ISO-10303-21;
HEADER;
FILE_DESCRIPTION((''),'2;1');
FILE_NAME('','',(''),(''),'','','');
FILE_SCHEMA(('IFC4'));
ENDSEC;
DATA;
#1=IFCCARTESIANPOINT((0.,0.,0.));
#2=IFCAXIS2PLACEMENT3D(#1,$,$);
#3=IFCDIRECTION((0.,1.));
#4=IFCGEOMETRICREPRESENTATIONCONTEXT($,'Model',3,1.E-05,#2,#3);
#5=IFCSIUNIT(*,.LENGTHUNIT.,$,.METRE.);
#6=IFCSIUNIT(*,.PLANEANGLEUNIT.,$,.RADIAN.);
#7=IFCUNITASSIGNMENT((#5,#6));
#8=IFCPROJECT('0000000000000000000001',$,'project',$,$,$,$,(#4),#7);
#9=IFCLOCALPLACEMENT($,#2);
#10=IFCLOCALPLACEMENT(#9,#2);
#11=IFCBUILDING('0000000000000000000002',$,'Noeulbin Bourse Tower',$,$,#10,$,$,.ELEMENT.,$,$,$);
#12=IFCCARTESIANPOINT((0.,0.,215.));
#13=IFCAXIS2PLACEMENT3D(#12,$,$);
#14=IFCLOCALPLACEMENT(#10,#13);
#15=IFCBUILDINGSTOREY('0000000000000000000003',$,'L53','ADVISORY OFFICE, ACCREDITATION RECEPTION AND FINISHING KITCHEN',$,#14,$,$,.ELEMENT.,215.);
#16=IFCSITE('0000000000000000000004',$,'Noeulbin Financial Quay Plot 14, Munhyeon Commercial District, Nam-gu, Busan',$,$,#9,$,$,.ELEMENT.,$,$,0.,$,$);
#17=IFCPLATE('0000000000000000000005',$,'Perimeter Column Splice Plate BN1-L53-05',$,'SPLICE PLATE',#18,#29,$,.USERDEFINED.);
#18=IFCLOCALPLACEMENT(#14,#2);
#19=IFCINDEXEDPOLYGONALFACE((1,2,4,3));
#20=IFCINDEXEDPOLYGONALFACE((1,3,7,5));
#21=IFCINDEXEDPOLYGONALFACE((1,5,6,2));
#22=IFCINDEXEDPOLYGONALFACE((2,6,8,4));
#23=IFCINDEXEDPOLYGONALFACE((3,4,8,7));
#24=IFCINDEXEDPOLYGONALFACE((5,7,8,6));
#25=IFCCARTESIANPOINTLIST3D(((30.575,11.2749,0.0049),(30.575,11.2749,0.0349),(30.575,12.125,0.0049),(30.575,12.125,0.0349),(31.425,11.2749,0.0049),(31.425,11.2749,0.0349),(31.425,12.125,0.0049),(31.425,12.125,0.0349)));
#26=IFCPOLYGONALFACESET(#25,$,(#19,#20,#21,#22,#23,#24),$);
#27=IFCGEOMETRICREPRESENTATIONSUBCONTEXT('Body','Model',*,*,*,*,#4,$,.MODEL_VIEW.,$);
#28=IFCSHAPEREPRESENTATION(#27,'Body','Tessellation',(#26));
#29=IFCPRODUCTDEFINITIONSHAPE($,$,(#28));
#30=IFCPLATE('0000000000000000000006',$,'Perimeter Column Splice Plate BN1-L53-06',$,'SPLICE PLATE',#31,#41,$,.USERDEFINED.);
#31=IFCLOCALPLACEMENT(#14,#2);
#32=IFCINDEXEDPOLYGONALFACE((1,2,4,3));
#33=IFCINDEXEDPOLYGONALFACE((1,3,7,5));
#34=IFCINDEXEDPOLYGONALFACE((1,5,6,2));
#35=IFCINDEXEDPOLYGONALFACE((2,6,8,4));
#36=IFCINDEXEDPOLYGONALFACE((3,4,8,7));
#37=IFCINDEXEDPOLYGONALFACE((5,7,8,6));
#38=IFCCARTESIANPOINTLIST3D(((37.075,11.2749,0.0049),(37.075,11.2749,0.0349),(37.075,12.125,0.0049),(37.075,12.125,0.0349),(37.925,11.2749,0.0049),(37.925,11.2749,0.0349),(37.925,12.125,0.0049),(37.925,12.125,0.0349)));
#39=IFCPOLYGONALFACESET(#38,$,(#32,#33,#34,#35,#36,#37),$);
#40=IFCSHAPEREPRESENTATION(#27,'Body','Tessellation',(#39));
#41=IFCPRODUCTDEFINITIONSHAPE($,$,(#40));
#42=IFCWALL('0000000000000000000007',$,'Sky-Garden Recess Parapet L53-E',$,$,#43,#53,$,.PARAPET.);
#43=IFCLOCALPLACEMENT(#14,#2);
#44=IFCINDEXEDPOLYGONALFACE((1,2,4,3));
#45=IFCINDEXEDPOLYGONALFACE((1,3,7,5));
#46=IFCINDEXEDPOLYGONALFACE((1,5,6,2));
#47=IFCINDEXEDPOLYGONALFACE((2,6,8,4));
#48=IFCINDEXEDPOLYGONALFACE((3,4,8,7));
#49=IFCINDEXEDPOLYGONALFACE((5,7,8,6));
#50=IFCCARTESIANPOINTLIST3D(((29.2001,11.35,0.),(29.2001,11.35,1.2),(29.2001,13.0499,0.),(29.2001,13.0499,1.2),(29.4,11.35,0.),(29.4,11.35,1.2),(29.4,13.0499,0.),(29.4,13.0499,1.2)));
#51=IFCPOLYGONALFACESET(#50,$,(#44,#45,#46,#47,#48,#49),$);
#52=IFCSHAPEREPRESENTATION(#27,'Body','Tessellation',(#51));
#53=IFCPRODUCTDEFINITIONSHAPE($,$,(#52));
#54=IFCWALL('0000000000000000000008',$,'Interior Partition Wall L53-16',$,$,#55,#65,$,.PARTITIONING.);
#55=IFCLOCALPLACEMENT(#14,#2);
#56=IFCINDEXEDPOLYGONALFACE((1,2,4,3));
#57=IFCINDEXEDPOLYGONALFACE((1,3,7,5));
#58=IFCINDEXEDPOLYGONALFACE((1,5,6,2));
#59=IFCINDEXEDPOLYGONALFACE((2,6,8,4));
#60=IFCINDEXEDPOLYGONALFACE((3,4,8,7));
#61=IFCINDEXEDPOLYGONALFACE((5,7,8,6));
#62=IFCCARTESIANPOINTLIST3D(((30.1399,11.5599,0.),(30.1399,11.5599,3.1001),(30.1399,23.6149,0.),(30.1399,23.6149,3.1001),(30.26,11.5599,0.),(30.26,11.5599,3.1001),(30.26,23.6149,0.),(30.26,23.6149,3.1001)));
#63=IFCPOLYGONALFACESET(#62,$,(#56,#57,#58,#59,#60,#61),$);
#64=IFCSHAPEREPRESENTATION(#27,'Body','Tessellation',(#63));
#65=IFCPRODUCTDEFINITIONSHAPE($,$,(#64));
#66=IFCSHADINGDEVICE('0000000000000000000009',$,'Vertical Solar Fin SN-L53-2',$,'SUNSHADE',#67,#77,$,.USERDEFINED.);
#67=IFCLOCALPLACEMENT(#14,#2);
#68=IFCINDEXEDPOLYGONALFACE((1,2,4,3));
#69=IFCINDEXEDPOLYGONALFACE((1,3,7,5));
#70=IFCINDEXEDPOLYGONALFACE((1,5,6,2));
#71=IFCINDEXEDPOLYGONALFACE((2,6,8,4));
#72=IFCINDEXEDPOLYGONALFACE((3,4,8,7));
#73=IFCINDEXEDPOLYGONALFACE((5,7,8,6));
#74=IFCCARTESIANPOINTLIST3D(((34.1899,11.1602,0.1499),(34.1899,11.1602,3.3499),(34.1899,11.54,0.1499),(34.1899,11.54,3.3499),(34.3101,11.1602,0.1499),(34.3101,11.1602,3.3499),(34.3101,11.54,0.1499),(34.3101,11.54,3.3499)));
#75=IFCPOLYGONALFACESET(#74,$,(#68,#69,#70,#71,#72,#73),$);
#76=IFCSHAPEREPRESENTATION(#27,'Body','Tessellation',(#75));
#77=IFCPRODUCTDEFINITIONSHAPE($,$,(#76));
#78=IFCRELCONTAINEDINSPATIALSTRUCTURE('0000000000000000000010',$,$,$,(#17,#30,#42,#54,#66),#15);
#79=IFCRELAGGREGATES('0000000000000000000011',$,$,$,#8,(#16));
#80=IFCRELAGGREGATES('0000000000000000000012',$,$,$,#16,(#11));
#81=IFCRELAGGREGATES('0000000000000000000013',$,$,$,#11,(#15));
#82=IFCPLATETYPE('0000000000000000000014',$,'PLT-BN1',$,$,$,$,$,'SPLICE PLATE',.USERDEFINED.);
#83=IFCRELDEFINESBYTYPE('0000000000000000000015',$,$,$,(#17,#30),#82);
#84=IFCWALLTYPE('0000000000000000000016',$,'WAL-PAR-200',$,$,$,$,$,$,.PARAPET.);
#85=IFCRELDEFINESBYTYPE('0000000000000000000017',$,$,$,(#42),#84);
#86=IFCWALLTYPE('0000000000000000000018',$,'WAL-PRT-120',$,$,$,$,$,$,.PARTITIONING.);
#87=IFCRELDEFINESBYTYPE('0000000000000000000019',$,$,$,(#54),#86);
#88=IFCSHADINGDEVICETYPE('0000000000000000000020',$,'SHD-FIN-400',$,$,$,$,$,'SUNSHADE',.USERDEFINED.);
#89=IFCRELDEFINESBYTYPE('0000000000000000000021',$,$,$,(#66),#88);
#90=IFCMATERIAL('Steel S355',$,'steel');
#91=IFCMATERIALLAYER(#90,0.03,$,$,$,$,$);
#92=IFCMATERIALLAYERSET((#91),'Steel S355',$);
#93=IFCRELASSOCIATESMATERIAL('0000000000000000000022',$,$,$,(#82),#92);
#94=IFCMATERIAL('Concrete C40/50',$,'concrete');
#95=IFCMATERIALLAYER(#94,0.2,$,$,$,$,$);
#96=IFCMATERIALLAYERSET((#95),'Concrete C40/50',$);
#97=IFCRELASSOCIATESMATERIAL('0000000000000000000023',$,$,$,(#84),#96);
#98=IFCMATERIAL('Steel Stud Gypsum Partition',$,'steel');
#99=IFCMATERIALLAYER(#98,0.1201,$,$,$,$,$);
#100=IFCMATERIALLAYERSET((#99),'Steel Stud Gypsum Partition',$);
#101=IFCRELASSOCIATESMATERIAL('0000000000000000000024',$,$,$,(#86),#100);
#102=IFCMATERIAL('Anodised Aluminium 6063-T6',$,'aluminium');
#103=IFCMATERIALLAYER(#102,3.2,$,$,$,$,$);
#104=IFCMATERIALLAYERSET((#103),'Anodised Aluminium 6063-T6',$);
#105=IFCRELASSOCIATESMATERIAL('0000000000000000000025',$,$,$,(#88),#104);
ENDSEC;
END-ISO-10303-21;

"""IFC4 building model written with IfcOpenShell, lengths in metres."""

from ifc_helpers import new_model, si_unit, direction, frame, frame_2d, origin, origin_2d, place, context, subcontext, project, spatial, rectangle, extrude, material, layer, layer_set, type_object, element, save


model = new_model("IFC4")

# Units and contexts
model_context = context("Model", 3, precision=1e-05, world=origin(), true_north=direction((0.0, 1.0)))
body_context = subcontext(model_context, "Body", "Model", "MODEL_VIEW")
ifc_project = project(units=[si_unit("LENGTHUNIT", "METRE"), si_unit("PLANEANGLEUNIT", "RADIAN")], contexts=[model_context])

# Site, building, storey
site_placement = place(None, origin())
site = spatial("IfcSite", under=ifc_project, at=site_placement, Name="Noeulbin Financial Quay Plot 14, Munhyeon Commercial District, Nam-gu, Busan", CompositionType="ELEMENT", RefElevation=0.0)
building_placement = place(site_placement, origin())
building = spatial("IfcBuilding", under=site, at=building_placement, Name="Noeulbin Bourse Tower", CompositionType="ELEMENT")
storey_placement = place(building_placement, frame((0.0, 0.0, 215.0)))
storey = spatial("IfcBuildingStorey", under=building, at=storey_placement, Name="L53", Description="ADVISORY OFFICE, ACCREDITATION RECEPTION AND FINISHING KITCHEN", CompositionType="ELEMENT", Elevation=215.0)

# Shared definitions
ifc_material_1 = material(Name="Steel S355", Category="steel")

# Shared definitions
ifc_material_2 = material(Name="Anodised Aluminium 6063-T6", Category="aluminium")

# Plates
ifc_layer_1 = layer(ifc_material_1, 0.03)
ifc_layer_set_1 = layer_set([ifc_layer_1], Name="Steel S355")
plate_type_1 = type_object("IfcPlateType", Name="PLT-BN1", ElementType="SPLICE PLATE", PredefinedType="USERDEFINED", material=ifc_layer_set_1)
for number, where, z_axis, x_axis, name in (
    (1, (31.0, 11.7, 0.0049), (0.0, 0.0, 1.0), (1.0, 0.0, 0.0), "Perimeter Column Splice Plate BN1-L53-05"),
    (2, (37.5, 11.7, 0.0049), (0.0, 0.0, 1.0), (1.0, 0.0, 0.0), "Perimeter Column Splice Plate BN1-L53-06"),
):
    element("IfcPlate", number, at=place(storey_placement, frame(where, z_axis=z_axis, x_axis=x_axis)), inside=storey, type_object=plate_type_1, Name=name, ObjectType="SPLICE PLATE", PredefinedType="USERDEFINED", context=body_context, shape_type="SweptSolid", body=[
        extrude(rectangle(XDim=0.8501, YDim=0.8501, at=origin_2d()), origin(), (0.0, 0.0, 1.0), 0.03),
    ])

# Walls
ifc_material_3 = material(Name="Concrete C40/50", Category="concrete")
ifc_layer_2 = layer(ifc_material_3, 0.2)
ifc_layer_set_2 = layer_set([ifc_layer_2], Name="Concrete C40/50")
wall_type_1 = type_object("IfcWallType", Name="WAL-PAR-200", PredefinedType="PARAPET", material=ifc_layer_set_2)
wall_1_placement = place(storey_placement, frame((29.3, 13.05, 0.0), z_axis=(0.0, 0.0, 1.0), x_axis=(0.0, -1.0, 0.0)))
element("IfcWall", 3, at=wall_1_placement, inside=storey, type_object=wall_type_1, Name="Sky-Garden Recess Parapet L53-E", PredefinedType="PARAPET", context=body_context, shape_type="SweptSolid", body=[
    extrude(rectangle(XDim=1.7, YDim=0.2, at=frame_2d((0.8501, 0.0))), origin(), (0.0, 0.0, 1.0), 1.2),
])
ifc_material_4 = material(Name="Steel Stud Gypsum Partition", Category="steel")
ifc_layer_3 = layer(ifc_material_4, 0.1201)
ifc_layer_set_3 = layer_set([ifc_layer_3], Name="Steel Stud Gypsum Partition")
wall_type_2 = type_object("IfcWallType", Name="WAL-PRT-120", PredefinedType="PARTITIONING", material=ifc_layer_set_3)
wall_2_placement = place(storey_placement, frame((30.2, 11.5601, 0.0), z_axis=(0.0, 0.0, 1.0), x_axis=(0.0, 1.0, 0.0)))
element("IfcWall", 4, at=wall_2_placement, inside=storey, type_object=wall_type_2, Name="Interior Partition Wall L53-16", PredefinedType="PARTITIONING", context=body_context, shape_type="SweptSolid", body=[
    extrude(rectangle(XDim=12.0549, YDim=0.1201, at=frame_2d((6.0273, 0.0))), origin(), (0.0, 0.0, 1.0), 3.1001),
])

# Shading device
ifc_layer_4 = layer(ifc_material_2, 3.2)
ifc_layer_set_4 = layer_set([ifc_layer_4], Name="Anodised Aluminium 6063-T6")
shading_device_type = type_object("IfcShadingDeviceType", Name="SHD-FIN-400", ElementType="SUNSHADE", PredefinedType="USERDEFINED", material=ifc_layer_set_4)
shading_device_placement = place(storey_placement, frame((34.25, 11.3501, 0.1499), z_axis=(0.0, 0.0, 1.0), x_axis=(1.0, 0.0, 0.0)))
element("IfcShadingDevice", 5, at=shading_device_placement, inside=storey, type_object=shading_device_type, Name="Vertical Solar Fin SN-L53-2", ObjectType="SUNSHADE", PredefinedType="USERDEFINED", context=body_context, shape_type="SweptSolid", body=[
    extrude(rectangle(XDim=0.1201, YDim=0.3799, at=origin_2d()), origin(), (0.0, 0.0, 1.0), 3.2),
])

save(model, "model.ifc")
